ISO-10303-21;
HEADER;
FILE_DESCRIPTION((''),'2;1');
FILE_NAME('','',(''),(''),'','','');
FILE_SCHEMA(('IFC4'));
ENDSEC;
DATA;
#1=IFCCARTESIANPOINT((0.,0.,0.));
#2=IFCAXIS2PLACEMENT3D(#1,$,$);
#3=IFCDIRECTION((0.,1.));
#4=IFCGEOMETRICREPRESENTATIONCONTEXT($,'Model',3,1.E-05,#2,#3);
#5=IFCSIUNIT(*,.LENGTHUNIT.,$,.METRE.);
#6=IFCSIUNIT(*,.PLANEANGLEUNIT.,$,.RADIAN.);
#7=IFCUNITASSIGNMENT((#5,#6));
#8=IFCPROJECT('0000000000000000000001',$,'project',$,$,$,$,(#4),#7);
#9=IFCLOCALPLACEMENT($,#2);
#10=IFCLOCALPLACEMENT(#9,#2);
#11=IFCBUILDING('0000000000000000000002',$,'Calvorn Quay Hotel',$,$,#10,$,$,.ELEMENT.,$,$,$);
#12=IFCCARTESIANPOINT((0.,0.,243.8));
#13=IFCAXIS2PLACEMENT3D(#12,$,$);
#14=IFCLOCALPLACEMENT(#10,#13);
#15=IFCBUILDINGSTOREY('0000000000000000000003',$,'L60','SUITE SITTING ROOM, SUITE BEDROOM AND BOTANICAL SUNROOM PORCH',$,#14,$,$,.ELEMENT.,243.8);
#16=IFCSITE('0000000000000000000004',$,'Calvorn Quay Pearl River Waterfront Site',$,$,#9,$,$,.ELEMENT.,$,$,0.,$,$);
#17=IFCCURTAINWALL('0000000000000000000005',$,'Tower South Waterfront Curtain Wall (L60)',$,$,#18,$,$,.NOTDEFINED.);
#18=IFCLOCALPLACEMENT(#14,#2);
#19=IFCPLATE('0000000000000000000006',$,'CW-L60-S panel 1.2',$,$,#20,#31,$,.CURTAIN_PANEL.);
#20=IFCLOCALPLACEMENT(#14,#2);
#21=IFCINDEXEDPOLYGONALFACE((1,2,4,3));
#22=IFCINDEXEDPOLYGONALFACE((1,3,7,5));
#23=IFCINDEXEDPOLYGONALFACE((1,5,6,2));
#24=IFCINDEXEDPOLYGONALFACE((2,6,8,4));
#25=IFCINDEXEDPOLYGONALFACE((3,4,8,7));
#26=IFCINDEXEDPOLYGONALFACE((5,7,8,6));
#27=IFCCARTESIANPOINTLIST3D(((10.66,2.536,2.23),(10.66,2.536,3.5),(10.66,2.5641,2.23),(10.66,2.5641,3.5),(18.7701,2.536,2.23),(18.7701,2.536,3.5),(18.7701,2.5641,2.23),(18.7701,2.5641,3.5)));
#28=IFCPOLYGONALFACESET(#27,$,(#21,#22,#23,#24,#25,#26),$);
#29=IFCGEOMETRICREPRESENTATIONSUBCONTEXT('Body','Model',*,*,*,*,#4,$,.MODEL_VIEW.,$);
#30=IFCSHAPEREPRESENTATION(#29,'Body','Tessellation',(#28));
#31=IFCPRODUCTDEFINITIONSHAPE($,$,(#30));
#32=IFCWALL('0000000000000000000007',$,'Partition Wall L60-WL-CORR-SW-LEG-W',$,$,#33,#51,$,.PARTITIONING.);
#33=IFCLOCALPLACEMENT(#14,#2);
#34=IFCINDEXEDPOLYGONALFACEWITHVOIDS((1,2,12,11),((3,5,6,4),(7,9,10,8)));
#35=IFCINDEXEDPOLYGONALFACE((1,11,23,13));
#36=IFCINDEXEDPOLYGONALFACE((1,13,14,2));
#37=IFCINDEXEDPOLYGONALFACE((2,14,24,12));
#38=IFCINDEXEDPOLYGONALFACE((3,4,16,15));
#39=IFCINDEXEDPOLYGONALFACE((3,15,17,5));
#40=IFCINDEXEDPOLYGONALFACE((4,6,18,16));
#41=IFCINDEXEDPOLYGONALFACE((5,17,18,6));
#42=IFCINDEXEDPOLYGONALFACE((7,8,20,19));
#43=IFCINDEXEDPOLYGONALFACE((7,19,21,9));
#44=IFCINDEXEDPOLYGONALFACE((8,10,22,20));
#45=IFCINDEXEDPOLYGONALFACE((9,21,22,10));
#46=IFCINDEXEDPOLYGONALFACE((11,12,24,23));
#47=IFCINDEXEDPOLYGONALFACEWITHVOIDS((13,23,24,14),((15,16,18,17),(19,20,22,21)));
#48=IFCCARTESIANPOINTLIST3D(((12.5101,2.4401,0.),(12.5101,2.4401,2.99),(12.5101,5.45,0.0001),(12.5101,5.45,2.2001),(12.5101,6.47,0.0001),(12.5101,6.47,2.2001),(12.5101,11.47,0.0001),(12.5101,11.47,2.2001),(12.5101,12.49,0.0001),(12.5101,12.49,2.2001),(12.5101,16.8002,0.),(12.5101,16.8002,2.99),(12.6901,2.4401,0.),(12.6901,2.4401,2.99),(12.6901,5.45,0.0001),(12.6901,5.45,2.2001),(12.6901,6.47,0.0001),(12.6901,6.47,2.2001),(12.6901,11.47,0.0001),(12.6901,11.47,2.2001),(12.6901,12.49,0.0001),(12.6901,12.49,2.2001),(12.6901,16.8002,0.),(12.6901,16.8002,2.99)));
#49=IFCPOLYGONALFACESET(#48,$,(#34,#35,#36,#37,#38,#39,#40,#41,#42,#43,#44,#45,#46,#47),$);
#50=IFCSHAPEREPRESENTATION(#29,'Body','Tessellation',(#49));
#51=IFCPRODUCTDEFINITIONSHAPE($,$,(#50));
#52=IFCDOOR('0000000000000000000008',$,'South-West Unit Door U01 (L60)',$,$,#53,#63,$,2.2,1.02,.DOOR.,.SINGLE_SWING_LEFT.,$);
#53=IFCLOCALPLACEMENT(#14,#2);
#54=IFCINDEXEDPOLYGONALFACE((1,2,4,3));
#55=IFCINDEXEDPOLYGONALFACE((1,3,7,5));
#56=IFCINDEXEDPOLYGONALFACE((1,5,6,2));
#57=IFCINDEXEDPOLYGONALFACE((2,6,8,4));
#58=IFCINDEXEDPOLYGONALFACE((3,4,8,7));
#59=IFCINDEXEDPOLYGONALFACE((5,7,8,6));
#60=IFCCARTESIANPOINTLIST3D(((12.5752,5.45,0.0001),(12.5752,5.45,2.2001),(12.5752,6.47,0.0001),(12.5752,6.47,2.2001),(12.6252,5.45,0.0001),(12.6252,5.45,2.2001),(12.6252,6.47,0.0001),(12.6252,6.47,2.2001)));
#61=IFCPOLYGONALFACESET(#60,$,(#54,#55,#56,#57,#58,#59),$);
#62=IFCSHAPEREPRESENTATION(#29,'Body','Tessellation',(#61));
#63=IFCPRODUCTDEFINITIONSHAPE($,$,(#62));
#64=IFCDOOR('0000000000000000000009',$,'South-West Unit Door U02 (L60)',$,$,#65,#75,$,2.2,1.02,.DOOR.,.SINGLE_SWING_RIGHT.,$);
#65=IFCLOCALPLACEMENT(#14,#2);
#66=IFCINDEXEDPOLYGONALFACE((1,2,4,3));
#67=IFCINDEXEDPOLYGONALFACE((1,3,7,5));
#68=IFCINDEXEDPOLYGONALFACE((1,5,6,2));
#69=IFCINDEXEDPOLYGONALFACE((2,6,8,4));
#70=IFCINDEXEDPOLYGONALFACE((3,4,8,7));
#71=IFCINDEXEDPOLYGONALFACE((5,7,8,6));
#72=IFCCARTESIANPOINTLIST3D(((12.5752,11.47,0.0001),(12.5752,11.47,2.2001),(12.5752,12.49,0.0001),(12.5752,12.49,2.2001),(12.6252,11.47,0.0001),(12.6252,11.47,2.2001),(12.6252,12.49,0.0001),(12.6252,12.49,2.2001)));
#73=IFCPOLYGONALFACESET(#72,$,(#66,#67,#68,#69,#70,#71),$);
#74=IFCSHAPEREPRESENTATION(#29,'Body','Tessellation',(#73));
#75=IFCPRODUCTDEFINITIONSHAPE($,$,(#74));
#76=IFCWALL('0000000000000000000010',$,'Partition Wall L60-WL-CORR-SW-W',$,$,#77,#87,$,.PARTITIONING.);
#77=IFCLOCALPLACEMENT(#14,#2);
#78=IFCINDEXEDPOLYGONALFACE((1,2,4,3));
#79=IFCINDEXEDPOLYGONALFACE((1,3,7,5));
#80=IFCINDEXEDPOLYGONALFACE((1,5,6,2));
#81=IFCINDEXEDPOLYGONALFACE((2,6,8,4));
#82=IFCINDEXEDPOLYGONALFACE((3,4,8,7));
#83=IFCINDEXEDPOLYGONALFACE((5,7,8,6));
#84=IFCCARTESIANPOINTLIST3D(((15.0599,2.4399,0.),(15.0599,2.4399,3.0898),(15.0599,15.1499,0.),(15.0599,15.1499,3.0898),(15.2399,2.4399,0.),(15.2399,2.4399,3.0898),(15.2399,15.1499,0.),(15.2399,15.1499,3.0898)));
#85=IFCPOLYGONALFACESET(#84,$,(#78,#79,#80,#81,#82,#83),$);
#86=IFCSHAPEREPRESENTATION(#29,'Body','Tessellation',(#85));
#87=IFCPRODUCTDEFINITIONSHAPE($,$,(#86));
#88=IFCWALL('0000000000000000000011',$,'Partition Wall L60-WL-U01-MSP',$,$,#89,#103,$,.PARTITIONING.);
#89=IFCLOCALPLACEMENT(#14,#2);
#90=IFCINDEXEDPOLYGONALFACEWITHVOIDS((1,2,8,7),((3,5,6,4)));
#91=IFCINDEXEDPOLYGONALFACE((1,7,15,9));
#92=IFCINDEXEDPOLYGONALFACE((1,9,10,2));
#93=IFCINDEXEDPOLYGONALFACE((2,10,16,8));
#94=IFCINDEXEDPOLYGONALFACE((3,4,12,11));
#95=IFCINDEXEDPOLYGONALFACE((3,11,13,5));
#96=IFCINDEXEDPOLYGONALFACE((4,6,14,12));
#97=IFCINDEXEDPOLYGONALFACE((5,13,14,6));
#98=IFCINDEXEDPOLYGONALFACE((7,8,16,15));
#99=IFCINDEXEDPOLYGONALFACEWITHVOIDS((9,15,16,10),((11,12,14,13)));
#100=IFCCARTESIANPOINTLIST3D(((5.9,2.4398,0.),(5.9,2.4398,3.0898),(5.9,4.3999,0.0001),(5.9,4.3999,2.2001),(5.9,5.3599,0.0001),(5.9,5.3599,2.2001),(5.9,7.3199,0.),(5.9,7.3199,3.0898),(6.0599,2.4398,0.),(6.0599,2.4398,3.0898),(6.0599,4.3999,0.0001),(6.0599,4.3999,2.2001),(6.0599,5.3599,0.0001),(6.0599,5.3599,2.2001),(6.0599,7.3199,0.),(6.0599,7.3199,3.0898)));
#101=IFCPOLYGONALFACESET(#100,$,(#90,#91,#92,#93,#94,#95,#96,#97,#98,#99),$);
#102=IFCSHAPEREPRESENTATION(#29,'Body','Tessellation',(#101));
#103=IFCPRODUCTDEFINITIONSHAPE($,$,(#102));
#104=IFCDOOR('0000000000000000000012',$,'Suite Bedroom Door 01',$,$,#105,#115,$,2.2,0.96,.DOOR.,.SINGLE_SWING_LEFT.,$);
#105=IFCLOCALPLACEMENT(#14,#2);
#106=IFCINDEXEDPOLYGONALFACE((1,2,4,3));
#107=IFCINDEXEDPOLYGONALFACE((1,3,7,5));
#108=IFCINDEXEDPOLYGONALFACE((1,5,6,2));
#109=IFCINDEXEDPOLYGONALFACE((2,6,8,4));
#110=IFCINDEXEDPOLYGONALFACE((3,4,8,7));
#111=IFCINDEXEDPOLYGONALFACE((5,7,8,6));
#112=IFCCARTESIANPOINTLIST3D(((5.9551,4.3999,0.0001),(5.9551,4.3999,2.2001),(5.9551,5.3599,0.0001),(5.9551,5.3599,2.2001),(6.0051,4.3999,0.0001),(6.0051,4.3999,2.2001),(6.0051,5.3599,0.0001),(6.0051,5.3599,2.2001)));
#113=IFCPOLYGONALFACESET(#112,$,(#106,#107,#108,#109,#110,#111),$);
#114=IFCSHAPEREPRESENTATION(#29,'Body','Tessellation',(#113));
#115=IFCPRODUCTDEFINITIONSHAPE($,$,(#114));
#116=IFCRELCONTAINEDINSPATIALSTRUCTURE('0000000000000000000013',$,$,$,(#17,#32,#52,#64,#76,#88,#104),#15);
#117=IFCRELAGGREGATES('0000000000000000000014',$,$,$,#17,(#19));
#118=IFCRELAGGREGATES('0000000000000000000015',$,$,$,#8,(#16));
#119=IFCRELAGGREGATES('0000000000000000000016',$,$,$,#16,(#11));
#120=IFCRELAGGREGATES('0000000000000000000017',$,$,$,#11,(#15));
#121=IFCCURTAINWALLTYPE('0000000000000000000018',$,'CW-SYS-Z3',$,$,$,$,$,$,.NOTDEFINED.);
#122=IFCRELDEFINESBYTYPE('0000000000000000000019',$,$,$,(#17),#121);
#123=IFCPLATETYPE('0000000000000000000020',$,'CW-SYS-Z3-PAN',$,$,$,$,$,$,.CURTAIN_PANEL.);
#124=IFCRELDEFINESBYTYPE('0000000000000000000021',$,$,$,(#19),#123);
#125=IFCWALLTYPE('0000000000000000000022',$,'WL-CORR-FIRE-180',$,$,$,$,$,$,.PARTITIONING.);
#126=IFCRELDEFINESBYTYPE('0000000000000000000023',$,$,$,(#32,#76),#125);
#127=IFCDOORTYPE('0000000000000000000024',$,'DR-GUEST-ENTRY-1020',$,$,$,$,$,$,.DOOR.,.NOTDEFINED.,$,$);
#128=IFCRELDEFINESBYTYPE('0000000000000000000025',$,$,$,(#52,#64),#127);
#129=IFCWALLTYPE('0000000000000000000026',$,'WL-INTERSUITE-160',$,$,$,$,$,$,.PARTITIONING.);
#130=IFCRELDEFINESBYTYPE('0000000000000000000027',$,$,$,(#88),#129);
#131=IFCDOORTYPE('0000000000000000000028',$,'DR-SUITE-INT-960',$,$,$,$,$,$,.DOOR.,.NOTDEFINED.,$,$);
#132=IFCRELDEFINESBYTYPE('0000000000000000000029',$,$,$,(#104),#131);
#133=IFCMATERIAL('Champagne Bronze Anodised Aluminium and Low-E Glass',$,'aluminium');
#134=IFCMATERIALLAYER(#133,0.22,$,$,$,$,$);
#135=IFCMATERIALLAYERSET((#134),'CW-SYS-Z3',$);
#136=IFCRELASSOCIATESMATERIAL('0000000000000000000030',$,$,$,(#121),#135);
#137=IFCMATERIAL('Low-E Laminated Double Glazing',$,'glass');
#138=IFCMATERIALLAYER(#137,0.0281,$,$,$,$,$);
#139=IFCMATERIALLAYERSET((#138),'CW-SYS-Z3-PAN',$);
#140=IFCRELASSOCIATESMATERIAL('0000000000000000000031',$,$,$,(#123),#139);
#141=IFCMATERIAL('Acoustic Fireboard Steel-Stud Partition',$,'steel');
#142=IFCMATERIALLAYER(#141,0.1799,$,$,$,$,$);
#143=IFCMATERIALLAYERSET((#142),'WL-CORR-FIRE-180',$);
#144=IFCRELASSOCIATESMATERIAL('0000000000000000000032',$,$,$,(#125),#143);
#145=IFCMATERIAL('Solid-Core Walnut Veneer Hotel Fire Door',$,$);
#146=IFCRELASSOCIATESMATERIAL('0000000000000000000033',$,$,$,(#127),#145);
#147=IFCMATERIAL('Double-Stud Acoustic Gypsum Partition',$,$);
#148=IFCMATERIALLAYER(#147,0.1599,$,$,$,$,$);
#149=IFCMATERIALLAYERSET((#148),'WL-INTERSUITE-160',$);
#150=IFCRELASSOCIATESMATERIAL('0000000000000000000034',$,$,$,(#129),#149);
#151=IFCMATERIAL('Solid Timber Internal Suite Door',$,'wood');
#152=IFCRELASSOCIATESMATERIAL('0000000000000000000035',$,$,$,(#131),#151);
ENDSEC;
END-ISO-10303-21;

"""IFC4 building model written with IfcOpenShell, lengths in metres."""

from ifc_helpers import new_model, si_unit, direction, frame, frame_2d, origin, origin_2d, place, context, subcontext, project, spatial, rectangle, extrude, material, layer, layer_set, type_object, element, fill, aggregate, save


model = new_model("IFC4")

# Units and contexts
model_context = context("Model", 3, precision=1e-05, world=origin(), true_north=direction((0.0, 1.0)))
body_context = subcontext(model_context, "Body", "Model", "MODEL_VIEW")
ifc_project = project(units=[si_unit("LENGTHUNIT", "METRE"), si_unit("PLANEANGLEUNIT", "RADIAN")], contexts=[model_context])

# Site, building, storey
site_placement = place(None, origin())
site = spatial("IfcSite", under=ifc_project, at=site_placement, Name="Calvorn Quay Pearl River Waterfront Site", CompositionType="ELEMENT", RefElevation=0.0)
building_placement = place(site_placement, origin())
building = spatial("IfcBuilding", under=site, at=building_placement, Name="Calvorn Quay Hotel", CompositionType="ELEMENT")
storey_placement = place(building_placement, frame((0.0, 0.0, 243.8)))
storey = spatial("IfcBuildingStorey", under=building, at=storey_placement, Name="L60", Description="SUITE SITTING ROOM, SUITE BEDROOM AND BOTANICAL SUNROOM PORCH", CompositionType="ELEMENT", Elevation=243.8)

# Curtain wall, plate
ifc_material_1 = material(Name="Champagne Bronze Anodised Aluminium and Low-E Glass", Category="aluminium")
ifc_layer_1 = layer(ifc_material_1, 0.22)
ifc_layer_set_1 = layer_set([ifc_layer_1], Name="CW-SYS-Z3")
curtain_wall_type = type_object("IfcCurtainWallType", Name="CW-SYS-Z3", PredefinedType="NOTDEFINED", material=ifc_layer_set_1)
curtain_wall_placement = place(storey_placement, origin())
curtain_wall = element("IfcCurtainWall", 1, at=curtain_wall_placement, inside=storey, type_object=curtain_wall_type, Name="Tower South Waterfront Curtain Wall (L60)", PredefinedType="NOTDEFINED")
ifc_material_2 = material(Name="Low-E Laminated Double Glazing", Category="glass")
ifc_layer_2 = layer(ifc_material_2, 0.0281)
ifc_layer_set_2 = layer_set([ifc_layer_2], Name="CW-SYS-Z3-PAN")
plate_type = type_object("IfcPlateType", Name="CW-SYS-Z3-PAN", PredefinedType="CURTAIN_PANEL", material=ifc_layer_set_2)
plate_1_placement = place(storey_placement, frame((14.7151, 2.55, 2.23), z_axis=(0.0, 0.0, 1.0), x_axis=(1.0, 0.0, 0.0)))
plate_1 = element("IfcPlate", 2, at=plate_1_placement, type_object=plate_type, Name="CW-L60-S panel 1.2", PredefinedType="CURTAIN_PANEL", context=body_context, shape_type="SweptSolid", body=[
    extrude(rectangle(XDim=8.1101, YDim=0.0281, at=origin_2d()), origin(), (0.0, 0.0, 1.0), 1.27),
])
aggregate(curtain_wall, [plate_1])

# Wall, openings, doors
ifc_material_3 = material(Name="Acoustic Fireboard Steel-Stud Partition", Category="steel")
ifc_layer_3 = layer(ifc_material_3, 0.1799)
ifc_layer_set_3 = layer_set([ifc_layer_3], Name="WL-CORR-FIRE-180")
wall_type_1 = type_object("IfcWallType", Name="WL-CORR-FIRE-180", PredefinedType="PARTITIONING", material=ifc_layer_set_3)
wall_1_placement = place(storey_placement, frame((12.6001, 2.4399, 0.0), z_axis=(0.0, 0.0, 1.0), x_axis=(0.0, 1.0, 0.0)))
wall_1 = element("IfcWall", 3, at=wall_1_placement, inside=storey, type_object=wall_type_1, Name="Partition Wall L60-WL-CORR-SW-LEG-W", PredefinedType="PARTITIONING", context=body_context, shape_type="SweptSolid", body=[
    extrude(rectangle(XDim=14.3601, YDim=0.1799, at=frame_2d((7.1802, 0.0))), origin(), (0.0, 0.0, 1.0), 2.99),
])
opening_1_placement = place(wall_1_placement, frame((3.01, 0.0, 0.0)))
opening_1 = element("IfcOpeningElement", 4, at=opening_1_placement, cuts=wall_1, PredefinedType="OPENING", context=body_context, shape_type="SweptSolid", body=[
    extrude(rectangle(XDim=1.02, YDim=2.2, at=frame_2d((0.51, 1.1001))), frame((0.0, 0.0999, 0.0), z_axis=(0.0, -1.0, 0.0), x_axis=(1.0, 0.0, 0.0)), (0.0, 0.0, 1.0), 0.2),
])
opening_2_placement = place(wall_1_placement, frame((9.03, 0.0, 0.0)))
opening_2 = element("IfcOpeningElement", 5, at=opening_2_placement, cuts=wall_1, PredefinedType="OPENING", context=body_context, shape_type="SweptSolid", body=[
    extrude(rectangle(XDim=1.02, YDim=2.2, at=frame_2d((0.51, 1.1001))), frame((0.0, 0.0999, 0.0), z_axis=(0.0, -1.0, 0.0), x_axis=(1.0, 0.0, 0.0)), (0.0, 0.0, 1.0), 0.2),
])
ifc_material_4 = material(Name="Solid-Core Walnut Veneer Hotel Fire Door")
door_type_1 = type_object("IfcDoorType", Name="DR-GUEST-ENTRY-1020", OperationType="NOTDEFINED", PredefinedType="DOOR", material=ifc_material_4)
door_1_placement = place(opening_1_placement, origin())
door_1 = element("IfcDoor", 6, at=door_1_placement, inside=storey, type_object=door_type_1, Name="South-West Unit Door U01 (L60)", OperationType="SINGLE_SWING_LEFT", OverallHeight=2.2, OverallWidth=1.02, PredefinedType="DOOR", context=body_context, shape_type="SweptSolid", body=[
    extrude(rectangle(XDim=1.02, YDim=2.2, at=frame_2d((0.51, 1.1001))), frame((0.0, 0.0249, 0.0), z_axis=(0.0, -1.0, 0.0), x_axis=(1.0, 0.0, 0.0)), (0.0, 0.0, 1.0), 0.05),
])
fill(opening_1, door_1)
door_2_placement = place(opening_2_placement, origin())
door_2 = element("IfcDoor", 7, at=door_2_placement, inside=storey, type_object=door_type_1, Name="South-West Unit Door U02 (L60)", OperationType="SINGLE_SWING_RIGHT", OverallHeight=2.2, OverallWidth=1.02, PredefinedType="DOOR", context=body_context, shape_type="SweptSolid", body=[
    extrude(rectangle(XDim=1.02, YDim=2.2, at=frame_2d((0.51, 1.1001))), frame((0.0, 0.0249, 0.0), z_axis=(0.0, -1.0, 0.0), x_axis=(1.0, 0.0, 0.0)), (0.0, 0.0, 1.0), 0.05),
])
fill(opening_2, door_2)

# Wall
wall_2_placement = place(storey_placement, frame((15.1499, 2.4399, 0.0), z_axis=(0.0, 0.0, 1.0), x_axis=(0.0, 1.0, 0.0)))
element("IfcWall", 8, at=wall_2_placement, inside=storey, type_object=wall_type_1, Name="Partition Wall L60-WL-CORR-SW-W", PredefinedType="PARTITIONING", context=body_context, shape_type="SweptSolid", body=[
    extrude(rectangle(XDim=12.71, YDim=0.1799, at=frame_2d((6.355, 0.0))), origin(), (0.0, 0.0, 1.0), 3.0898),
])

# Wall, opening, door
ifc_material_5 = material(Name="Double-Stud Acoustic Gypsum Partition")
ifc_layer_4 = layer(ifc_material_5, 0.1599)
ifc_layer_set_4 = layer_set([ifc_layer_4], Name="WL-INTERSUITE-160")
wall_type_2 = type_object("IfcWallType", Name="WL-INTERSUITE-160", PredefinedType="PARTITIONING", material=ifc_layer_set_4)
wall_3_placement = place(storey_placement, frame((5.98, 2.4399, 0.0), z_axis=(0.0, 0.0, 1.0), x_axis=(0.0, 1.0, 0.0)))
wall_3 = element("IfcWall", 9, at=wall_3_placement, inside=storey, type_object=wall_type_2, Name="Partition Wall L60-WL-U01-MSP", PredefinedType="PARTITIONING", context=body_context, shape_type="SweptSolid", body=[
    extrude(rectangle(XDim=4.8801, YDim=0.1599, at=frame_2d((2.4399, 0.0))), origin(), (0.0, 0.0, 1.0), 3.0898),
])
opening_3_placement = place(wall_3_placement, frame((1.96, 0.0, 0.0)))
opening_3 = element("IfcOpeningElement", 10, at=opening_3_placement, cuts=wall_3, PredefinedType="OPENING", context=body_context, shape_type="SweptSolid", body=[
    extrude(rectangle(XDim=0.96, YDim=2.2, at=frame_2d((0.48, 1.1001))), frame((0.0, 0.0898, 0.0), z_axis=(0.0, -1.0, 0.0), x_axis=(1.0, 0.0, 0.0)), (0.0, 0.0, 1.0), 0.1799),
])
ifc_material_6 = material(Name="Solid Timber Internal Suite Door", Category="wood")
door_type_2 = type_object("IfcDoorType", Name="DR-SUITE-INT-960", OperationType="NOTDEFINED", PredefinedType="DOOR", material=ifc_material_6)
door_3_placement = place(opening_3_placement, origin())
door_3 = element("IfcDoor", 11, at=door_3_placement, inside=storey, type_object=door_type_2, Name="Suite Bedroom Door 01", OperationType="SINGLE_SWING_LEFT", OverallHeight=2.2, OverallWidth=0.96, PredefinedType="DOOR", context=body_context, shape_type="SweptSolid", body=[
    extrude(rectangle(XDim=0.96, YDim=2.2, at=frame_2d((0.48, 1.1001))), frame((0.0, 0.0249, 0.0), z_axis=(0.0, -1.0, 0.0), x_axis=(1.0, 0.0, 0.0)), (0.0, 0.0, 1.0), 0.05),
])
fill(opening_3, door_3)

save(model, "model.ifc")
